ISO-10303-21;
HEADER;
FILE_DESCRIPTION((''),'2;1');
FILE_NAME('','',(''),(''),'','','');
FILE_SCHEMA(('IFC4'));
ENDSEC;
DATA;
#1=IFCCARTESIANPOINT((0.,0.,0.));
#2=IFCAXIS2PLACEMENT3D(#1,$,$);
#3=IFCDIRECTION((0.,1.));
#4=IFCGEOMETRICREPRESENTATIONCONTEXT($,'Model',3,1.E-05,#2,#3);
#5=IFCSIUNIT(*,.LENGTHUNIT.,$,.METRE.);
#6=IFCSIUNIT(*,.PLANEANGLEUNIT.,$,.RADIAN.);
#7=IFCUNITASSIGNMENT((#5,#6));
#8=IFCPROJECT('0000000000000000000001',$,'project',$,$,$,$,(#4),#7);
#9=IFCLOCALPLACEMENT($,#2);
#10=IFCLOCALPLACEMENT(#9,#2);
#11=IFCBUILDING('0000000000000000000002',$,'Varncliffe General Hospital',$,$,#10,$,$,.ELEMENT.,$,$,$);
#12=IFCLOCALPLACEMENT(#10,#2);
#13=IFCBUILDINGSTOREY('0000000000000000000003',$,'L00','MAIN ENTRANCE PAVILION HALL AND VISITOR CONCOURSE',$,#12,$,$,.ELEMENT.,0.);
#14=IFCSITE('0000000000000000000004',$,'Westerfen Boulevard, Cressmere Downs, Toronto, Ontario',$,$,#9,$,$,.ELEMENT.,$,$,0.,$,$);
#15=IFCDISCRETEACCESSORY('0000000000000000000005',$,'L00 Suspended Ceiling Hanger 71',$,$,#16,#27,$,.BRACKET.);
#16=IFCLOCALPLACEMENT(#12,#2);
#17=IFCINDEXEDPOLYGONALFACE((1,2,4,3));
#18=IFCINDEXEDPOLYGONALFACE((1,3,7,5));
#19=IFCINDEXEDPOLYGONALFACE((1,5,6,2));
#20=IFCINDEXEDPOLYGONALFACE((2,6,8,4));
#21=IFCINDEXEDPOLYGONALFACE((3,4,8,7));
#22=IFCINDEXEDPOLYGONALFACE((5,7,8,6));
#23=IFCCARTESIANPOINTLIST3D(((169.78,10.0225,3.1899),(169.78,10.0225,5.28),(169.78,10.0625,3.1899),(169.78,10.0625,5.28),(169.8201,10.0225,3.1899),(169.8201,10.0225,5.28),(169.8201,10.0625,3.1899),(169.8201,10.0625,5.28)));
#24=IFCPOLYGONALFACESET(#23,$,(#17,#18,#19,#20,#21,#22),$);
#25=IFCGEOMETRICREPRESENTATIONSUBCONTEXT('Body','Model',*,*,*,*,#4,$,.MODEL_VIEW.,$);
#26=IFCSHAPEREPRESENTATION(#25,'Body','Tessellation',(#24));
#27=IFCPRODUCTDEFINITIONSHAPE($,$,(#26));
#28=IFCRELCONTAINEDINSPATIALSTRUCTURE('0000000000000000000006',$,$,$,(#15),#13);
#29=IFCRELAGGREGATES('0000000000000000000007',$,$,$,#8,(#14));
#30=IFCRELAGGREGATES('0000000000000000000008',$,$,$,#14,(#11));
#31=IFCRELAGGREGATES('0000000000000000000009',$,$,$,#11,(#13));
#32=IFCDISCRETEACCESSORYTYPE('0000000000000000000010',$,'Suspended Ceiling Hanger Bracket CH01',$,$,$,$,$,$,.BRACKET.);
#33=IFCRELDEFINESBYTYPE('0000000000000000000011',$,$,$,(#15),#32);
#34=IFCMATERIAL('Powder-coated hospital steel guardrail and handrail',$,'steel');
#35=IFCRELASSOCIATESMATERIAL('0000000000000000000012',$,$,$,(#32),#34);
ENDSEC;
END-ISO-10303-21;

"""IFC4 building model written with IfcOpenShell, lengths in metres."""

from ifc_helpers import new_model, si_unit, direction, frame, origin, origin_2d, place, context, subcontext, project, spatial, rectangle, extrude, material, type_object, element, save


model = new_model("IFC4")

# Units and contexts
model_context = context("Model", 3, precision=1e-05, world=origin(), true_north=direction((0.0, 1.0)))
body_context = subcontext(model_context, "Body", "Model", "MODEL_VIEW")
ifc_project = project(units=[si_unit("LENGTHUNIT", "METRE"), si_unit("PLANEANGLEUNIT", "RADIAN")], contexts=[model_context])

# Site, building, storey
site_placement = place(None, origin())
site = spatial("IfcSite", under=ifc_project, at=site_placement, Name="Westerfen Boulevard, Cressmere Downs, Toronto, Ontario", CompositionType="ELEMENT", RefElevation=0.0)
building_placement = place(site_placement, origin())
building = spatial("IfcBuilding", under=site, at=building_placement, Name="Varncliffe General Hospital", CompositionType="ELEMENT")
storey_placement = place(building_placement, origin())
storey = spatial("IfcBuildingStorey", under=building, at=storey_placement, Name="L00", Description="MAIN ENTRANCE PAVILION HALL AND VISITOR CONCOURSE", CompositionType="ELEMENT", Elevation=0.0)

# Shared definitions
ifc_material_1 = material(Name="Powder-coated hospital steel guardrail and handrail", Category="steel")

# Discrete accessory
discrete_accessory_type = type_object("IfcDiscreteAccessoryType", Name="Suspended Ceiling Hanger Bracket CH01", PredefinedType="BRACKET", material=ifc_material_1)
for number, where, z_axis, x_axis, name in (
    (1, (169.8, 10.0425, 3.1899), (0.0, 0.0, 1.0), (1.0, 0.0, 0.0), "L00 Suspended Ceiling Hanger 71"),
):
    element("IfcDiscreteAccessory", number, at=place(storey_placement, frame(where, z_axis=z_axis, x_axis=x_axis)), inside=storey, type_object=discrete_accessory_type, Name=name, PredefinedType="BRACKET", context=body_context, shape_type="SweptSolid", body=[
        extrude(rectangle(XDim=0.04, YDim=0.04, at=origin_2d()), origin(), (0.0, 0.0, 1.0), 2.0901),
    ])

save(model, "model.ifc")
